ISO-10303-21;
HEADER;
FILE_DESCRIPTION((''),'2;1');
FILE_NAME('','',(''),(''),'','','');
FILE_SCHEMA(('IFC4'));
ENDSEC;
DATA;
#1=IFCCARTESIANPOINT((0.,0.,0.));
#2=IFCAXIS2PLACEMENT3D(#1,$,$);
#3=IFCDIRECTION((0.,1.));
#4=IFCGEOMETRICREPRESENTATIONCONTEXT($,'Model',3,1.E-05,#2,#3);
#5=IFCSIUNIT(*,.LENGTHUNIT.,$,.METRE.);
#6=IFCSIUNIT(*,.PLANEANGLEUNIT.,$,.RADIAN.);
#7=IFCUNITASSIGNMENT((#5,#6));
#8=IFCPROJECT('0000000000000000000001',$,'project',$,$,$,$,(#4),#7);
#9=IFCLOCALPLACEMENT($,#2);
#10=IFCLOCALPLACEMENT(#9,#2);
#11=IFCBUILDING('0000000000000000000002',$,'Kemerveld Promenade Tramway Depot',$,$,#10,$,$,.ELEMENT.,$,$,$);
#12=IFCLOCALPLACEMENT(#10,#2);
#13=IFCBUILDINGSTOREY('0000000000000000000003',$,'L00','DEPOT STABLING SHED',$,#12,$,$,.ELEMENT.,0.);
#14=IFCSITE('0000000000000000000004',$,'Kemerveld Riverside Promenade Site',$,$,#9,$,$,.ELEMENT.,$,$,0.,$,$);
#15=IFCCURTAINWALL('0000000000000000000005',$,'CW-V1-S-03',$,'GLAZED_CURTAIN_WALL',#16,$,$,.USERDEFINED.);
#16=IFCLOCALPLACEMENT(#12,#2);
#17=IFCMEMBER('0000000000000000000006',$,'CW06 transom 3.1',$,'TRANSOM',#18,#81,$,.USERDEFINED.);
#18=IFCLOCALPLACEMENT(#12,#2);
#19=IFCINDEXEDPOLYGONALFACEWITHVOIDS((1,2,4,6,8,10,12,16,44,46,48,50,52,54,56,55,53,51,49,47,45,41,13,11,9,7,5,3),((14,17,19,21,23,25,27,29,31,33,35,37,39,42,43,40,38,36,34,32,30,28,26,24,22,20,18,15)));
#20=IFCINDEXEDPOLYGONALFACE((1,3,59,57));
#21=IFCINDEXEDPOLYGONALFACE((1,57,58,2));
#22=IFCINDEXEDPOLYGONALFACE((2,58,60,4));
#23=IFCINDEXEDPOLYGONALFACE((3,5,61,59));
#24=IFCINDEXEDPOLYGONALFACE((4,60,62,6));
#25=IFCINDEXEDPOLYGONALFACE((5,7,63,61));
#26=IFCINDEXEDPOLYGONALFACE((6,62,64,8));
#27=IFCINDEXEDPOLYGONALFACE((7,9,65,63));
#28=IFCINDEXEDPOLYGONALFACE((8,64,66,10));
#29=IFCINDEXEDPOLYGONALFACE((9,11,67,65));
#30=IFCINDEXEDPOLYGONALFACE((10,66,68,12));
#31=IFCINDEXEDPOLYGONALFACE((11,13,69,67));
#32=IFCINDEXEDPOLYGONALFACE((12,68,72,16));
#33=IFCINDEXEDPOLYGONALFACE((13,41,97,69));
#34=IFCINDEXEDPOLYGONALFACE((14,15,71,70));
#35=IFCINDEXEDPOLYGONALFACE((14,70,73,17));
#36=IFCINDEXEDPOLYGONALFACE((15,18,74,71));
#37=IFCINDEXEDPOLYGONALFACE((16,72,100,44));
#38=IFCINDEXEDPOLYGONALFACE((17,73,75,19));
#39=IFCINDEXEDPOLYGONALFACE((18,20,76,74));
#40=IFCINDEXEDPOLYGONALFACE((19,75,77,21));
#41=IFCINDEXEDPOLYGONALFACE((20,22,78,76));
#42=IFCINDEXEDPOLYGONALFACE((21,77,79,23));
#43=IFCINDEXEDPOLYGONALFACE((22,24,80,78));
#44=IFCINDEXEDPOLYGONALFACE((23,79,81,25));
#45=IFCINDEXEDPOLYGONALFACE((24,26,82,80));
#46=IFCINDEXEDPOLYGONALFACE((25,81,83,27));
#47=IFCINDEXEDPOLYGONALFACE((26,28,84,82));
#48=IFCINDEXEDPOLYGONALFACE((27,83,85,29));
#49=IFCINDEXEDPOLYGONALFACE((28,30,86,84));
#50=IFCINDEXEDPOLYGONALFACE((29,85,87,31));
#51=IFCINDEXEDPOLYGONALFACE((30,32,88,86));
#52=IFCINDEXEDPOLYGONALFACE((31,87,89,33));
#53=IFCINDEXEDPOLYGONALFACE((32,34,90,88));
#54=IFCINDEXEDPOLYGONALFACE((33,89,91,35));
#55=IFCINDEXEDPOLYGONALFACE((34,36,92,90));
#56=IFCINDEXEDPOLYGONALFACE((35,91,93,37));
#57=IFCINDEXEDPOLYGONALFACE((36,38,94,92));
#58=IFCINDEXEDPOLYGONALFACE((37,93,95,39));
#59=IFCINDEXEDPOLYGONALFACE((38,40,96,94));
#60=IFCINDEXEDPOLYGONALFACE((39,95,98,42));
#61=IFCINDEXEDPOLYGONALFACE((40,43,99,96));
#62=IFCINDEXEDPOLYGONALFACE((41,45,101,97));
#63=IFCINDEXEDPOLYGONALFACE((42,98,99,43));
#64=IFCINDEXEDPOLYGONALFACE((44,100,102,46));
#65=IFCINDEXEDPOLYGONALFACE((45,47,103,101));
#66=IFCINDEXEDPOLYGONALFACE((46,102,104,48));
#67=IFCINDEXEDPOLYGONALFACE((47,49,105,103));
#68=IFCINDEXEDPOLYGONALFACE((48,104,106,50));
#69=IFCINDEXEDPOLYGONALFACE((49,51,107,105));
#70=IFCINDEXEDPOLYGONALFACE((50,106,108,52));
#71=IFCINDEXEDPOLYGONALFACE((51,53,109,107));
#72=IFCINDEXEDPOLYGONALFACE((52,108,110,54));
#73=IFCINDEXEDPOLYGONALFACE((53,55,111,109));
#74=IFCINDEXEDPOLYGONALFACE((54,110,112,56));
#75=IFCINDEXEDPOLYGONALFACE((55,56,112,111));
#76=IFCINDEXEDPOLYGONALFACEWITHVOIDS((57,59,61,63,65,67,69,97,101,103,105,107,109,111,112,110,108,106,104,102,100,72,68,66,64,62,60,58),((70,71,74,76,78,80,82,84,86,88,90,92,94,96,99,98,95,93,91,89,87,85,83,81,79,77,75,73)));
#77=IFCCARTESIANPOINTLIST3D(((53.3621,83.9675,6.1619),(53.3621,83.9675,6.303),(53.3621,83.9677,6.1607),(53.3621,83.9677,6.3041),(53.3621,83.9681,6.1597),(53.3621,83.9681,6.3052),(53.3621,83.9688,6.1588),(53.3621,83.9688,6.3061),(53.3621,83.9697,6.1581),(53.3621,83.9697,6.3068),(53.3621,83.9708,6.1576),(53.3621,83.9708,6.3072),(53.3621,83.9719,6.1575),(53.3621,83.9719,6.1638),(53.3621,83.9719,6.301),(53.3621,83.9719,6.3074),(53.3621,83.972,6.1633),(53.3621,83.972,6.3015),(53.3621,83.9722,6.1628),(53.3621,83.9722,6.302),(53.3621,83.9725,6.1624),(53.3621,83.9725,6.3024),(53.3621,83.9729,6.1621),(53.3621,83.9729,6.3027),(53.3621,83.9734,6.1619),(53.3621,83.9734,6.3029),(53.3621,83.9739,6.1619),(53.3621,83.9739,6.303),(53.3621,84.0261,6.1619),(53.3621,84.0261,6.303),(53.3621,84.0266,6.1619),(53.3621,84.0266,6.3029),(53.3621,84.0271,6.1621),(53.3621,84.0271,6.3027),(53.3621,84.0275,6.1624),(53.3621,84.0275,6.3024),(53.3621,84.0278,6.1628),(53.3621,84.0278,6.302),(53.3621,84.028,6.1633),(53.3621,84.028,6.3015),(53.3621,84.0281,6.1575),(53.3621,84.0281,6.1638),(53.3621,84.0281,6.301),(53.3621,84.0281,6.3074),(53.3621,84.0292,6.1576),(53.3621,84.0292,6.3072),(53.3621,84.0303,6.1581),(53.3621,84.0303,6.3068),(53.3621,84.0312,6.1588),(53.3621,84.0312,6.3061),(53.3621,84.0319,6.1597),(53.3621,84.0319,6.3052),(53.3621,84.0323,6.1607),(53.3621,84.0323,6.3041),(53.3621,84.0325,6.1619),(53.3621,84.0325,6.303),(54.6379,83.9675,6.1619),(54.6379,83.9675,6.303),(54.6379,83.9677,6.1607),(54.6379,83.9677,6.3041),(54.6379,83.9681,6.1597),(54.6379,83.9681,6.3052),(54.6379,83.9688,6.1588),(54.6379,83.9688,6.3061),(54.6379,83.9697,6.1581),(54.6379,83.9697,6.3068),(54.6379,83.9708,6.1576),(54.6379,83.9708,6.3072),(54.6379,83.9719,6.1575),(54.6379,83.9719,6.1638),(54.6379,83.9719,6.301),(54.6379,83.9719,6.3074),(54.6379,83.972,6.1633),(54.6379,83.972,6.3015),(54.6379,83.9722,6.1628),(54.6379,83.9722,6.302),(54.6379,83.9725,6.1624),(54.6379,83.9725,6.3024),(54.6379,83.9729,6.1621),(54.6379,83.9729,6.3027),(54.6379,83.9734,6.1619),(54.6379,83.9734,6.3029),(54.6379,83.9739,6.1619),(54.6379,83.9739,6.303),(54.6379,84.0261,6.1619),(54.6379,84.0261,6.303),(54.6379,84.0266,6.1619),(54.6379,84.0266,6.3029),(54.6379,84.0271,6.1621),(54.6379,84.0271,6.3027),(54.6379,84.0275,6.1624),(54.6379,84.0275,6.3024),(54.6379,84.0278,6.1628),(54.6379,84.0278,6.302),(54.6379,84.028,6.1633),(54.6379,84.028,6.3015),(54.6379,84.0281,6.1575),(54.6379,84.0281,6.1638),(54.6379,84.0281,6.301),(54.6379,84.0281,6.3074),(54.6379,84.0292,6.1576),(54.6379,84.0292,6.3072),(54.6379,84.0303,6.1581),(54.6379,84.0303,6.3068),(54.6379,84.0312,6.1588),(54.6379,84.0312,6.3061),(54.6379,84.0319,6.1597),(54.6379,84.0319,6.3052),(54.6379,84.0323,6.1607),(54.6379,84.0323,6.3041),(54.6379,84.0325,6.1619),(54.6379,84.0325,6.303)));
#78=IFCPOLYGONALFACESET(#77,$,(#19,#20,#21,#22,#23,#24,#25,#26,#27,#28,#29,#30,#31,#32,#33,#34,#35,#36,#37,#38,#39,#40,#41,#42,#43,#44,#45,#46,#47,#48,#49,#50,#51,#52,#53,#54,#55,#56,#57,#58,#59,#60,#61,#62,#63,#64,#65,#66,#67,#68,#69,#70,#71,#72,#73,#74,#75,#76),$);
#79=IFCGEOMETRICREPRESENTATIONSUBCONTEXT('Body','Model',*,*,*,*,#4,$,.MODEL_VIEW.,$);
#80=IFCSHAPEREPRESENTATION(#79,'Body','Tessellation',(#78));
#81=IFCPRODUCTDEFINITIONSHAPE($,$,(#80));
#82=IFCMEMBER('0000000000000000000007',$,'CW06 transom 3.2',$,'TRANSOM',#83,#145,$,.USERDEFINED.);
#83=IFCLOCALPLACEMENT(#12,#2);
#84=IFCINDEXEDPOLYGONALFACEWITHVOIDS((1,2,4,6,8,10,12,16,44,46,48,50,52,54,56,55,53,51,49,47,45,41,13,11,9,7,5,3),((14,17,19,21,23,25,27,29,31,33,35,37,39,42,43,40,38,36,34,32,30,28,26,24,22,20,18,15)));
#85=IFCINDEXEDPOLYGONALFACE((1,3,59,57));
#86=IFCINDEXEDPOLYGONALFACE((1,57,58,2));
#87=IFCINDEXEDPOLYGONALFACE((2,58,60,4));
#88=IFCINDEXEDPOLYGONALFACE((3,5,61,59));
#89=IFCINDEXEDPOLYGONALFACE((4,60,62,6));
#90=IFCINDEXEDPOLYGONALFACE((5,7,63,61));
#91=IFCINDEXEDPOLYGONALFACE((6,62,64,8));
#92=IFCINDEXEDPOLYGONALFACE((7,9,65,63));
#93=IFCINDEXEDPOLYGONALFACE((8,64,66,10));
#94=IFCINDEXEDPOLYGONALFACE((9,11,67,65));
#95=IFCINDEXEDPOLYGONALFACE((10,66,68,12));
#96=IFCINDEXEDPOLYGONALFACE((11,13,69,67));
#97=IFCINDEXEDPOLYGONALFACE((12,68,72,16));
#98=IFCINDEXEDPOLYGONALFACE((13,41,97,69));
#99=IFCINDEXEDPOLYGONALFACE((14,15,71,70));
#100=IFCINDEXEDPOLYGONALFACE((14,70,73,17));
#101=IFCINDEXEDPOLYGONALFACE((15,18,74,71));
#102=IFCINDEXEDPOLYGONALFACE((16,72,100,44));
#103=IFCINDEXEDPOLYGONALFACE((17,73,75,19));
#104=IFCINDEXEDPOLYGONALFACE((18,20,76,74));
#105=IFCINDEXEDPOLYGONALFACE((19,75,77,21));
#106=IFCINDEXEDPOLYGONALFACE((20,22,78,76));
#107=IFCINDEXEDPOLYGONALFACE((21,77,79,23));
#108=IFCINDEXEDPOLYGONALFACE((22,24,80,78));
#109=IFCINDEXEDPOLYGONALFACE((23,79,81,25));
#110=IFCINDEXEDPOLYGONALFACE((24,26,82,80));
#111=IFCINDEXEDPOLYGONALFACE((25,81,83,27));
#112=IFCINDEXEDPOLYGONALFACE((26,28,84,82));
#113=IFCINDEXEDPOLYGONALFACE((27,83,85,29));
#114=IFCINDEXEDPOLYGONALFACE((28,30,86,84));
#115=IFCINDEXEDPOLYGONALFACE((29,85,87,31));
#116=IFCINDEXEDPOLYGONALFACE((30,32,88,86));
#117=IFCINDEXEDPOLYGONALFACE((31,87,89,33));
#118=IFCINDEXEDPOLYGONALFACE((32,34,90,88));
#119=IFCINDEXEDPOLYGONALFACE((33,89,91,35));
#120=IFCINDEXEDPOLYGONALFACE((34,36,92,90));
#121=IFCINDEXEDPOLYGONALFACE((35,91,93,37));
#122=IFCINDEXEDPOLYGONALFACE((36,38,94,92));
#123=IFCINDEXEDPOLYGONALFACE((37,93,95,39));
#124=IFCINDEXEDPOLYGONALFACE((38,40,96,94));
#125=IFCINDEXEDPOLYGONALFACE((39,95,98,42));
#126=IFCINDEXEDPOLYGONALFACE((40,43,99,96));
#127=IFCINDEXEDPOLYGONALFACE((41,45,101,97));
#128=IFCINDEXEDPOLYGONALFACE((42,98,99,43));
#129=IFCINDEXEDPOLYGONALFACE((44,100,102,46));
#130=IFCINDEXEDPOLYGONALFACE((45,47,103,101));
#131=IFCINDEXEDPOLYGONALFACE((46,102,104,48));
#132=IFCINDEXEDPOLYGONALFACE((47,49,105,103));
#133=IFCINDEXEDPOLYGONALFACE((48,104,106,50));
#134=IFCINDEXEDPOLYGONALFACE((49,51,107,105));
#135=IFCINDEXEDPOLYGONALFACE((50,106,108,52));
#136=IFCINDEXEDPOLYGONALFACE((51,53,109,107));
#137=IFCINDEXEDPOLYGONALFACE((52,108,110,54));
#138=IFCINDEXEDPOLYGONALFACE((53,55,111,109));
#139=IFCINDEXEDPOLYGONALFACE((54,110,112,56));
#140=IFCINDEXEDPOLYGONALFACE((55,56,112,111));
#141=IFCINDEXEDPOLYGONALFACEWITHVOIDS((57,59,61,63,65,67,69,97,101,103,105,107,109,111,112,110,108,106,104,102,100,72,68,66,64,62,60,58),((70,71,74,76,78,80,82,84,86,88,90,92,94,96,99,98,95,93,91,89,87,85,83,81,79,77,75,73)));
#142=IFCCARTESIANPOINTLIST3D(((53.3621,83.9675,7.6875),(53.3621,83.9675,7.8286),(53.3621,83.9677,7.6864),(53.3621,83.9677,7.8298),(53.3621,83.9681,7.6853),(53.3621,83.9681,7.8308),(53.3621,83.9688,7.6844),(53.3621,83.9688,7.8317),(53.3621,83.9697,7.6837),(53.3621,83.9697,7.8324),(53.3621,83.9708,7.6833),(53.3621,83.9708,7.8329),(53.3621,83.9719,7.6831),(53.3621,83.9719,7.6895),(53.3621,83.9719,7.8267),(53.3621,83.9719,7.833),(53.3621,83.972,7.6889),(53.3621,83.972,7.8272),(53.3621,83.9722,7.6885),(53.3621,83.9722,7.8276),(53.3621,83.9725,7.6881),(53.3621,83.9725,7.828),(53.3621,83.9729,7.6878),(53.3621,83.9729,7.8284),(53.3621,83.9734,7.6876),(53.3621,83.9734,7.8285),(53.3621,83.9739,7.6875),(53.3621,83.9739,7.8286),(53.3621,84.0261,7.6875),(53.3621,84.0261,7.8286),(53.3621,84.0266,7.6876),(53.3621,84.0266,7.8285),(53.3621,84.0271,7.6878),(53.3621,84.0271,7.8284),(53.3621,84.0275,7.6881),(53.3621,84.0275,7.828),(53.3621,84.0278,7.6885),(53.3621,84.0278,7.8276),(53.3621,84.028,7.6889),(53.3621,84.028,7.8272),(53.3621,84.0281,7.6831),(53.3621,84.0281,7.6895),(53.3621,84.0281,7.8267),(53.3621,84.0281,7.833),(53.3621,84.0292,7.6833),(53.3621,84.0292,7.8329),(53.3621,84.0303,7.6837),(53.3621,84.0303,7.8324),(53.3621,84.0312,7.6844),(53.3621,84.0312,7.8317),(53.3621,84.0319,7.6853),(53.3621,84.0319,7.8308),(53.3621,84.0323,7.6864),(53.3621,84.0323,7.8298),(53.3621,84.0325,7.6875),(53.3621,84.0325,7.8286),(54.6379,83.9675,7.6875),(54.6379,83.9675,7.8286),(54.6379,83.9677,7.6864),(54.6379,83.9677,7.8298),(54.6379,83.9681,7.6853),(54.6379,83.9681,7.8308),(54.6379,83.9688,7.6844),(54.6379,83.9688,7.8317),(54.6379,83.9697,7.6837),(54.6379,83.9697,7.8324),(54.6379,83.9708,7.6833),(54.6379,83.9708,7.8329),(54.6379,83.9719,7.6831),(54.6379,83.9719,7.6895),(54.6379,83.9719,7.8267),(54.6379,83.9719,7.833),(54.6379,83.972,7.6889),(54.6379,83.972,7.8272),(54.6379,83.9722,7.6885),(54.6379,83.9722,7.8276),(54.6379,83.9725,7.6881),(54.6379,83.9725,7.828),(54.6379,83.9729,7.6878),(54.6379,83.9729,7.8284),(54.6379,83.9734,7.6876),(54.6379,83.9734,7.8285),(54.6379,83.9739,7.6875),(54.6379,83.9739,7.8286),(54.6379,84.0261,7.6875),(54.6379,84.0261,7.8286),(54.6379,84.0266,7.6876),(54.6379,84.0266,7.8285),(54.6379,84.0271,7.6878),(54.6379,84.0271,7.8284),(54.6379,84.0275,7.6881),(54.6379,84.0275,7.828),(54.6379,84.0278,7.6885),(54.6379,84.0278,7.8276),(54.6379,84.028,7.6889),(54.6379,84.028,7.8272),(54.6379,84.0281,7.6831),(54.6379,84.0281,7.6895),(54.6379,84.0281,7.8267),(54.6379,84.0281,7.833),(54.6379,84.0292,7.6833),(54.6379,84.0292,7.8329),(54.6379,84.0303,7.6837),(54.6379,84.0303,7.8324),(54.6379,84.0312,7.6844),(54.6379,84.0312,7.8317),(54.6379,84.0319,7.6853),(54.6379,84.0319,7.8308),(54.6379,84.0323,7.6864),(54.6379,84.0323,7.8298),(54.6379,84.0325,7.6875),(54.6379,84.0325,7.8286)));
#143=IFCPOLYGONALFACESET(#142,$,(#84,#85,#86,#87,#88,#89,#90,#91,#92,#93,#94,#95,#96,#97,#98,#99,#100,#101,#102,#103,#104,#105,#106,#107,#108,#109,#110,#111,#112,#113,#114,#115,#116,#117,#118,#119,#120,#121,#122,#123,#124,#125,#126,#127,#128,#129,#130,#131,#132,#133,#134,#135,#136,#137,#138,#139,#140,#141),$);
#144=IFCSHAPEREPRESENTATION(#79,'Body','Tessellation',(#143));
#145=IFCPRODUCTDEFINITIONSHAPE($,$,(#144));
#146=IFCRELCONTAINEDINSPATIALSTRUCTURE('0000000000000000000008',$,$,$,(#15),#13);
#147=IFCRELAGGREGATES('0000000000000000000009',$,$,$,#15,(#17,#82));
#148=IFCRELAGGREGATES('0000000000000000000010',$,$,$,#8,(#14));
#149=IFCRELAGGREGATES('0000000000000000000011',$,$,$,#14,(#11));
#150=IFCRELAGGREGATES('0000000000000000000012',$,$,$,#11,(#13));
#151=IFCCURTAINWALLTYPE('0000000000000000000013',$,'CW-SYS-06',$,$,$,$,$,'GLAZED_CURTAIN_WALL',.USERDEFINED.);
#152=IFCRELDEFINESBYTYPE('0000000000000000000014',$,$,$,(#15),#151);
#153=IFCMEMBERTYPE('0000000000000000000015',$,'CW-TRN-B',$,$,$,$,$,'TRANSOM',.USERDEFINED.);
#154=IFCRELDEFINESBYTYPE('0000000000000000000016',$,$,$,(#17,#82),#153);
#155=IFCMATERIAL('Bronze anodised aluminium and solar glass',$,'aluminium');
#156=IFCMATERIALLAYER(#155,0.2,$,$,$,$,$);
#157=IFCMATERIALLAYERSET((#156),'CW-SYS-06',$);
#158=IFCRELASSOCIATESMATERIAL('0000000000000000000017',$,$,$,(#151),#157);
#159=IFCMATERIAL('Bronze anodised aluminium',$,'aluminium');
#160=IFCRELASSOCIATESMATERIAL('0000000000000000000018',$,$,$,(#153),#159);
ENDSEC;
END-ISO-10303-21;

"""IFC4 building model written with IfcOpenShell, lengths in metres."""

from ifc_helpers import new_model, si_unit, direction, frame, origin, origin_2d, place, context, subcontext, project, spatial, hollow_rectangle, extrude, material, layer, layer_set, material_profile, profile_set, type_object, element, aggregate, save


model = new_model("IFC4")

# Units and contexts
model_context = context("Model", 3, precision=1e-05, world=origin(), true_north=direction((0.0, 1.0)))
body_context = subcontext(model_context, "Body", "Model", "MODEL_VIEW")
ifc_project = project(units=[si_unit("LENGTHUNIT", "METRE"), si_unit("PLANEANGLEUNIT", "RADIAN")], contexts=[model_context])

# Site, building, storey
site_placement = place(None, origin())
site = spatial("IfcSite", under=ifc_project, at=site_placement, Name="Kemerveld Riverside Promenade Site", CompositionType="ELEMENT", RefElevation=0.0)
building_placement = place(site_placement, origin())
building = spatial("IfcBuilding", under=site, at=building_placement, Name="Kemerveld Promenade Tramway Depot", CompositionType="ELEMENT")
storey_placement = place(building_placement, origin())
storey = spatial("IfcBuildingStorey", under=building, at=storey_placement, Name="L00", Description="DEPOT STABLING SHED", CompositionType="ELEMENT", Elevation=0.0)

# Curtain wall
ifc_material_1 = material(Name="Bronze anodised aluminium and solar glass", Category="aluminium")
ifc_material_2 = material(Name="Bronze anodised aluminium", Category="aluminium")
ifc_layer_1 = layer(ifc_material_1, 0.2)
ifc_layer_set_1 = layer_set([ifc_layer_1], Name="CW-SYS-06")
curtain_wall_type_1 = type_object("IfcCurtainWallType", Name="CW-SYS-06", ElementType="GLAZED_CURTAIN_WALL", PredefinedType="USERDEFINED", material=ifc_layer_set_1)
curtain_wall_1_placement = place(storey_placement, origin())
curtain_wall_1 = element("IfcCurtainWall", 1, at=curtain_wall_1_placement, inside=storey, type_object=curtain_wall_type_1, Name="CW-V1-S-03", ObjectType="GLAZED_CURTAIN_WALL", PredefinedType="USERDEFINED")

# Members
ifc_material_profile_1 = material_profile(ifc_material_2, hollow_rectangle(XDim=0.0649, YDim=0.1499, WallThickness=0.0044, InnerFilletRadius=0.002, OuterFilletRadius=0.0044, at=origin_2d()), Name="CW-TRN-150x65")
ifc_profile_set_1 = profile_set([ifc_material_profile_1], Name="Bronze anodised aluminium")
member_type_1 = type_object("IfcMemberType", Name="CW-TRN-B", ElementType="TRANSOM", PredefinedType="USERDEFINED", material=ifc_profile_set_1)
member_1_placement = place(storey_placement, frame((54.6379, 84.0, 6.2324), z_axis=(-1.0, 0.0, 0.0), x_axis=(0.0, -1.0, 0.0)))
member_1 = element("IfcMember", 2, at=member_1_placement, type_object=member_type_1, Name="CW06 transom 3.1", ObjectType="TRANSOM", PredefinedType="USERDEFINED", context=body_context, shape_type="SweptSolid", body=[
    extrude(hollow_rectangle(XDim=0.0649, YDim=0.1499, WallThickness=0.0044, InnerFilletRadius=0.002, OuterFilletRadius=0.0044, at=origin_2d()), origin(), (0.0, 0.0, 1.0), 1.2759),
])
member_2_placement = place(storey_placement, frame((54.6379, 84.0, 7.7581), z_axis=(-1.0, 0.0, 0.0), x_axis=(0.0, -1.0, 0.0)))
member_2 = element("IfcMember", 3, at=member_2_placement, type_object=member_type_1, Name="CW06 transom 3.2", ObjectType="TRANSOM", PredefinedType="USERDEFINED", context=body_context, shape_type="SweptSolid", body=[
    extrude(hollow_rectangle(XDim=0.0649, YDim=0.1499, WallThickness=0.0044, InnerFilletRadius=0.002, OuterFilletRadius=0.0044, at=origin_2d()), origin(), (0.0, 0.0, 1.0), 1.2759),
])

aggregate(curtain_wall_1, [member_1, member_2])

save(model, "model.ifc")
